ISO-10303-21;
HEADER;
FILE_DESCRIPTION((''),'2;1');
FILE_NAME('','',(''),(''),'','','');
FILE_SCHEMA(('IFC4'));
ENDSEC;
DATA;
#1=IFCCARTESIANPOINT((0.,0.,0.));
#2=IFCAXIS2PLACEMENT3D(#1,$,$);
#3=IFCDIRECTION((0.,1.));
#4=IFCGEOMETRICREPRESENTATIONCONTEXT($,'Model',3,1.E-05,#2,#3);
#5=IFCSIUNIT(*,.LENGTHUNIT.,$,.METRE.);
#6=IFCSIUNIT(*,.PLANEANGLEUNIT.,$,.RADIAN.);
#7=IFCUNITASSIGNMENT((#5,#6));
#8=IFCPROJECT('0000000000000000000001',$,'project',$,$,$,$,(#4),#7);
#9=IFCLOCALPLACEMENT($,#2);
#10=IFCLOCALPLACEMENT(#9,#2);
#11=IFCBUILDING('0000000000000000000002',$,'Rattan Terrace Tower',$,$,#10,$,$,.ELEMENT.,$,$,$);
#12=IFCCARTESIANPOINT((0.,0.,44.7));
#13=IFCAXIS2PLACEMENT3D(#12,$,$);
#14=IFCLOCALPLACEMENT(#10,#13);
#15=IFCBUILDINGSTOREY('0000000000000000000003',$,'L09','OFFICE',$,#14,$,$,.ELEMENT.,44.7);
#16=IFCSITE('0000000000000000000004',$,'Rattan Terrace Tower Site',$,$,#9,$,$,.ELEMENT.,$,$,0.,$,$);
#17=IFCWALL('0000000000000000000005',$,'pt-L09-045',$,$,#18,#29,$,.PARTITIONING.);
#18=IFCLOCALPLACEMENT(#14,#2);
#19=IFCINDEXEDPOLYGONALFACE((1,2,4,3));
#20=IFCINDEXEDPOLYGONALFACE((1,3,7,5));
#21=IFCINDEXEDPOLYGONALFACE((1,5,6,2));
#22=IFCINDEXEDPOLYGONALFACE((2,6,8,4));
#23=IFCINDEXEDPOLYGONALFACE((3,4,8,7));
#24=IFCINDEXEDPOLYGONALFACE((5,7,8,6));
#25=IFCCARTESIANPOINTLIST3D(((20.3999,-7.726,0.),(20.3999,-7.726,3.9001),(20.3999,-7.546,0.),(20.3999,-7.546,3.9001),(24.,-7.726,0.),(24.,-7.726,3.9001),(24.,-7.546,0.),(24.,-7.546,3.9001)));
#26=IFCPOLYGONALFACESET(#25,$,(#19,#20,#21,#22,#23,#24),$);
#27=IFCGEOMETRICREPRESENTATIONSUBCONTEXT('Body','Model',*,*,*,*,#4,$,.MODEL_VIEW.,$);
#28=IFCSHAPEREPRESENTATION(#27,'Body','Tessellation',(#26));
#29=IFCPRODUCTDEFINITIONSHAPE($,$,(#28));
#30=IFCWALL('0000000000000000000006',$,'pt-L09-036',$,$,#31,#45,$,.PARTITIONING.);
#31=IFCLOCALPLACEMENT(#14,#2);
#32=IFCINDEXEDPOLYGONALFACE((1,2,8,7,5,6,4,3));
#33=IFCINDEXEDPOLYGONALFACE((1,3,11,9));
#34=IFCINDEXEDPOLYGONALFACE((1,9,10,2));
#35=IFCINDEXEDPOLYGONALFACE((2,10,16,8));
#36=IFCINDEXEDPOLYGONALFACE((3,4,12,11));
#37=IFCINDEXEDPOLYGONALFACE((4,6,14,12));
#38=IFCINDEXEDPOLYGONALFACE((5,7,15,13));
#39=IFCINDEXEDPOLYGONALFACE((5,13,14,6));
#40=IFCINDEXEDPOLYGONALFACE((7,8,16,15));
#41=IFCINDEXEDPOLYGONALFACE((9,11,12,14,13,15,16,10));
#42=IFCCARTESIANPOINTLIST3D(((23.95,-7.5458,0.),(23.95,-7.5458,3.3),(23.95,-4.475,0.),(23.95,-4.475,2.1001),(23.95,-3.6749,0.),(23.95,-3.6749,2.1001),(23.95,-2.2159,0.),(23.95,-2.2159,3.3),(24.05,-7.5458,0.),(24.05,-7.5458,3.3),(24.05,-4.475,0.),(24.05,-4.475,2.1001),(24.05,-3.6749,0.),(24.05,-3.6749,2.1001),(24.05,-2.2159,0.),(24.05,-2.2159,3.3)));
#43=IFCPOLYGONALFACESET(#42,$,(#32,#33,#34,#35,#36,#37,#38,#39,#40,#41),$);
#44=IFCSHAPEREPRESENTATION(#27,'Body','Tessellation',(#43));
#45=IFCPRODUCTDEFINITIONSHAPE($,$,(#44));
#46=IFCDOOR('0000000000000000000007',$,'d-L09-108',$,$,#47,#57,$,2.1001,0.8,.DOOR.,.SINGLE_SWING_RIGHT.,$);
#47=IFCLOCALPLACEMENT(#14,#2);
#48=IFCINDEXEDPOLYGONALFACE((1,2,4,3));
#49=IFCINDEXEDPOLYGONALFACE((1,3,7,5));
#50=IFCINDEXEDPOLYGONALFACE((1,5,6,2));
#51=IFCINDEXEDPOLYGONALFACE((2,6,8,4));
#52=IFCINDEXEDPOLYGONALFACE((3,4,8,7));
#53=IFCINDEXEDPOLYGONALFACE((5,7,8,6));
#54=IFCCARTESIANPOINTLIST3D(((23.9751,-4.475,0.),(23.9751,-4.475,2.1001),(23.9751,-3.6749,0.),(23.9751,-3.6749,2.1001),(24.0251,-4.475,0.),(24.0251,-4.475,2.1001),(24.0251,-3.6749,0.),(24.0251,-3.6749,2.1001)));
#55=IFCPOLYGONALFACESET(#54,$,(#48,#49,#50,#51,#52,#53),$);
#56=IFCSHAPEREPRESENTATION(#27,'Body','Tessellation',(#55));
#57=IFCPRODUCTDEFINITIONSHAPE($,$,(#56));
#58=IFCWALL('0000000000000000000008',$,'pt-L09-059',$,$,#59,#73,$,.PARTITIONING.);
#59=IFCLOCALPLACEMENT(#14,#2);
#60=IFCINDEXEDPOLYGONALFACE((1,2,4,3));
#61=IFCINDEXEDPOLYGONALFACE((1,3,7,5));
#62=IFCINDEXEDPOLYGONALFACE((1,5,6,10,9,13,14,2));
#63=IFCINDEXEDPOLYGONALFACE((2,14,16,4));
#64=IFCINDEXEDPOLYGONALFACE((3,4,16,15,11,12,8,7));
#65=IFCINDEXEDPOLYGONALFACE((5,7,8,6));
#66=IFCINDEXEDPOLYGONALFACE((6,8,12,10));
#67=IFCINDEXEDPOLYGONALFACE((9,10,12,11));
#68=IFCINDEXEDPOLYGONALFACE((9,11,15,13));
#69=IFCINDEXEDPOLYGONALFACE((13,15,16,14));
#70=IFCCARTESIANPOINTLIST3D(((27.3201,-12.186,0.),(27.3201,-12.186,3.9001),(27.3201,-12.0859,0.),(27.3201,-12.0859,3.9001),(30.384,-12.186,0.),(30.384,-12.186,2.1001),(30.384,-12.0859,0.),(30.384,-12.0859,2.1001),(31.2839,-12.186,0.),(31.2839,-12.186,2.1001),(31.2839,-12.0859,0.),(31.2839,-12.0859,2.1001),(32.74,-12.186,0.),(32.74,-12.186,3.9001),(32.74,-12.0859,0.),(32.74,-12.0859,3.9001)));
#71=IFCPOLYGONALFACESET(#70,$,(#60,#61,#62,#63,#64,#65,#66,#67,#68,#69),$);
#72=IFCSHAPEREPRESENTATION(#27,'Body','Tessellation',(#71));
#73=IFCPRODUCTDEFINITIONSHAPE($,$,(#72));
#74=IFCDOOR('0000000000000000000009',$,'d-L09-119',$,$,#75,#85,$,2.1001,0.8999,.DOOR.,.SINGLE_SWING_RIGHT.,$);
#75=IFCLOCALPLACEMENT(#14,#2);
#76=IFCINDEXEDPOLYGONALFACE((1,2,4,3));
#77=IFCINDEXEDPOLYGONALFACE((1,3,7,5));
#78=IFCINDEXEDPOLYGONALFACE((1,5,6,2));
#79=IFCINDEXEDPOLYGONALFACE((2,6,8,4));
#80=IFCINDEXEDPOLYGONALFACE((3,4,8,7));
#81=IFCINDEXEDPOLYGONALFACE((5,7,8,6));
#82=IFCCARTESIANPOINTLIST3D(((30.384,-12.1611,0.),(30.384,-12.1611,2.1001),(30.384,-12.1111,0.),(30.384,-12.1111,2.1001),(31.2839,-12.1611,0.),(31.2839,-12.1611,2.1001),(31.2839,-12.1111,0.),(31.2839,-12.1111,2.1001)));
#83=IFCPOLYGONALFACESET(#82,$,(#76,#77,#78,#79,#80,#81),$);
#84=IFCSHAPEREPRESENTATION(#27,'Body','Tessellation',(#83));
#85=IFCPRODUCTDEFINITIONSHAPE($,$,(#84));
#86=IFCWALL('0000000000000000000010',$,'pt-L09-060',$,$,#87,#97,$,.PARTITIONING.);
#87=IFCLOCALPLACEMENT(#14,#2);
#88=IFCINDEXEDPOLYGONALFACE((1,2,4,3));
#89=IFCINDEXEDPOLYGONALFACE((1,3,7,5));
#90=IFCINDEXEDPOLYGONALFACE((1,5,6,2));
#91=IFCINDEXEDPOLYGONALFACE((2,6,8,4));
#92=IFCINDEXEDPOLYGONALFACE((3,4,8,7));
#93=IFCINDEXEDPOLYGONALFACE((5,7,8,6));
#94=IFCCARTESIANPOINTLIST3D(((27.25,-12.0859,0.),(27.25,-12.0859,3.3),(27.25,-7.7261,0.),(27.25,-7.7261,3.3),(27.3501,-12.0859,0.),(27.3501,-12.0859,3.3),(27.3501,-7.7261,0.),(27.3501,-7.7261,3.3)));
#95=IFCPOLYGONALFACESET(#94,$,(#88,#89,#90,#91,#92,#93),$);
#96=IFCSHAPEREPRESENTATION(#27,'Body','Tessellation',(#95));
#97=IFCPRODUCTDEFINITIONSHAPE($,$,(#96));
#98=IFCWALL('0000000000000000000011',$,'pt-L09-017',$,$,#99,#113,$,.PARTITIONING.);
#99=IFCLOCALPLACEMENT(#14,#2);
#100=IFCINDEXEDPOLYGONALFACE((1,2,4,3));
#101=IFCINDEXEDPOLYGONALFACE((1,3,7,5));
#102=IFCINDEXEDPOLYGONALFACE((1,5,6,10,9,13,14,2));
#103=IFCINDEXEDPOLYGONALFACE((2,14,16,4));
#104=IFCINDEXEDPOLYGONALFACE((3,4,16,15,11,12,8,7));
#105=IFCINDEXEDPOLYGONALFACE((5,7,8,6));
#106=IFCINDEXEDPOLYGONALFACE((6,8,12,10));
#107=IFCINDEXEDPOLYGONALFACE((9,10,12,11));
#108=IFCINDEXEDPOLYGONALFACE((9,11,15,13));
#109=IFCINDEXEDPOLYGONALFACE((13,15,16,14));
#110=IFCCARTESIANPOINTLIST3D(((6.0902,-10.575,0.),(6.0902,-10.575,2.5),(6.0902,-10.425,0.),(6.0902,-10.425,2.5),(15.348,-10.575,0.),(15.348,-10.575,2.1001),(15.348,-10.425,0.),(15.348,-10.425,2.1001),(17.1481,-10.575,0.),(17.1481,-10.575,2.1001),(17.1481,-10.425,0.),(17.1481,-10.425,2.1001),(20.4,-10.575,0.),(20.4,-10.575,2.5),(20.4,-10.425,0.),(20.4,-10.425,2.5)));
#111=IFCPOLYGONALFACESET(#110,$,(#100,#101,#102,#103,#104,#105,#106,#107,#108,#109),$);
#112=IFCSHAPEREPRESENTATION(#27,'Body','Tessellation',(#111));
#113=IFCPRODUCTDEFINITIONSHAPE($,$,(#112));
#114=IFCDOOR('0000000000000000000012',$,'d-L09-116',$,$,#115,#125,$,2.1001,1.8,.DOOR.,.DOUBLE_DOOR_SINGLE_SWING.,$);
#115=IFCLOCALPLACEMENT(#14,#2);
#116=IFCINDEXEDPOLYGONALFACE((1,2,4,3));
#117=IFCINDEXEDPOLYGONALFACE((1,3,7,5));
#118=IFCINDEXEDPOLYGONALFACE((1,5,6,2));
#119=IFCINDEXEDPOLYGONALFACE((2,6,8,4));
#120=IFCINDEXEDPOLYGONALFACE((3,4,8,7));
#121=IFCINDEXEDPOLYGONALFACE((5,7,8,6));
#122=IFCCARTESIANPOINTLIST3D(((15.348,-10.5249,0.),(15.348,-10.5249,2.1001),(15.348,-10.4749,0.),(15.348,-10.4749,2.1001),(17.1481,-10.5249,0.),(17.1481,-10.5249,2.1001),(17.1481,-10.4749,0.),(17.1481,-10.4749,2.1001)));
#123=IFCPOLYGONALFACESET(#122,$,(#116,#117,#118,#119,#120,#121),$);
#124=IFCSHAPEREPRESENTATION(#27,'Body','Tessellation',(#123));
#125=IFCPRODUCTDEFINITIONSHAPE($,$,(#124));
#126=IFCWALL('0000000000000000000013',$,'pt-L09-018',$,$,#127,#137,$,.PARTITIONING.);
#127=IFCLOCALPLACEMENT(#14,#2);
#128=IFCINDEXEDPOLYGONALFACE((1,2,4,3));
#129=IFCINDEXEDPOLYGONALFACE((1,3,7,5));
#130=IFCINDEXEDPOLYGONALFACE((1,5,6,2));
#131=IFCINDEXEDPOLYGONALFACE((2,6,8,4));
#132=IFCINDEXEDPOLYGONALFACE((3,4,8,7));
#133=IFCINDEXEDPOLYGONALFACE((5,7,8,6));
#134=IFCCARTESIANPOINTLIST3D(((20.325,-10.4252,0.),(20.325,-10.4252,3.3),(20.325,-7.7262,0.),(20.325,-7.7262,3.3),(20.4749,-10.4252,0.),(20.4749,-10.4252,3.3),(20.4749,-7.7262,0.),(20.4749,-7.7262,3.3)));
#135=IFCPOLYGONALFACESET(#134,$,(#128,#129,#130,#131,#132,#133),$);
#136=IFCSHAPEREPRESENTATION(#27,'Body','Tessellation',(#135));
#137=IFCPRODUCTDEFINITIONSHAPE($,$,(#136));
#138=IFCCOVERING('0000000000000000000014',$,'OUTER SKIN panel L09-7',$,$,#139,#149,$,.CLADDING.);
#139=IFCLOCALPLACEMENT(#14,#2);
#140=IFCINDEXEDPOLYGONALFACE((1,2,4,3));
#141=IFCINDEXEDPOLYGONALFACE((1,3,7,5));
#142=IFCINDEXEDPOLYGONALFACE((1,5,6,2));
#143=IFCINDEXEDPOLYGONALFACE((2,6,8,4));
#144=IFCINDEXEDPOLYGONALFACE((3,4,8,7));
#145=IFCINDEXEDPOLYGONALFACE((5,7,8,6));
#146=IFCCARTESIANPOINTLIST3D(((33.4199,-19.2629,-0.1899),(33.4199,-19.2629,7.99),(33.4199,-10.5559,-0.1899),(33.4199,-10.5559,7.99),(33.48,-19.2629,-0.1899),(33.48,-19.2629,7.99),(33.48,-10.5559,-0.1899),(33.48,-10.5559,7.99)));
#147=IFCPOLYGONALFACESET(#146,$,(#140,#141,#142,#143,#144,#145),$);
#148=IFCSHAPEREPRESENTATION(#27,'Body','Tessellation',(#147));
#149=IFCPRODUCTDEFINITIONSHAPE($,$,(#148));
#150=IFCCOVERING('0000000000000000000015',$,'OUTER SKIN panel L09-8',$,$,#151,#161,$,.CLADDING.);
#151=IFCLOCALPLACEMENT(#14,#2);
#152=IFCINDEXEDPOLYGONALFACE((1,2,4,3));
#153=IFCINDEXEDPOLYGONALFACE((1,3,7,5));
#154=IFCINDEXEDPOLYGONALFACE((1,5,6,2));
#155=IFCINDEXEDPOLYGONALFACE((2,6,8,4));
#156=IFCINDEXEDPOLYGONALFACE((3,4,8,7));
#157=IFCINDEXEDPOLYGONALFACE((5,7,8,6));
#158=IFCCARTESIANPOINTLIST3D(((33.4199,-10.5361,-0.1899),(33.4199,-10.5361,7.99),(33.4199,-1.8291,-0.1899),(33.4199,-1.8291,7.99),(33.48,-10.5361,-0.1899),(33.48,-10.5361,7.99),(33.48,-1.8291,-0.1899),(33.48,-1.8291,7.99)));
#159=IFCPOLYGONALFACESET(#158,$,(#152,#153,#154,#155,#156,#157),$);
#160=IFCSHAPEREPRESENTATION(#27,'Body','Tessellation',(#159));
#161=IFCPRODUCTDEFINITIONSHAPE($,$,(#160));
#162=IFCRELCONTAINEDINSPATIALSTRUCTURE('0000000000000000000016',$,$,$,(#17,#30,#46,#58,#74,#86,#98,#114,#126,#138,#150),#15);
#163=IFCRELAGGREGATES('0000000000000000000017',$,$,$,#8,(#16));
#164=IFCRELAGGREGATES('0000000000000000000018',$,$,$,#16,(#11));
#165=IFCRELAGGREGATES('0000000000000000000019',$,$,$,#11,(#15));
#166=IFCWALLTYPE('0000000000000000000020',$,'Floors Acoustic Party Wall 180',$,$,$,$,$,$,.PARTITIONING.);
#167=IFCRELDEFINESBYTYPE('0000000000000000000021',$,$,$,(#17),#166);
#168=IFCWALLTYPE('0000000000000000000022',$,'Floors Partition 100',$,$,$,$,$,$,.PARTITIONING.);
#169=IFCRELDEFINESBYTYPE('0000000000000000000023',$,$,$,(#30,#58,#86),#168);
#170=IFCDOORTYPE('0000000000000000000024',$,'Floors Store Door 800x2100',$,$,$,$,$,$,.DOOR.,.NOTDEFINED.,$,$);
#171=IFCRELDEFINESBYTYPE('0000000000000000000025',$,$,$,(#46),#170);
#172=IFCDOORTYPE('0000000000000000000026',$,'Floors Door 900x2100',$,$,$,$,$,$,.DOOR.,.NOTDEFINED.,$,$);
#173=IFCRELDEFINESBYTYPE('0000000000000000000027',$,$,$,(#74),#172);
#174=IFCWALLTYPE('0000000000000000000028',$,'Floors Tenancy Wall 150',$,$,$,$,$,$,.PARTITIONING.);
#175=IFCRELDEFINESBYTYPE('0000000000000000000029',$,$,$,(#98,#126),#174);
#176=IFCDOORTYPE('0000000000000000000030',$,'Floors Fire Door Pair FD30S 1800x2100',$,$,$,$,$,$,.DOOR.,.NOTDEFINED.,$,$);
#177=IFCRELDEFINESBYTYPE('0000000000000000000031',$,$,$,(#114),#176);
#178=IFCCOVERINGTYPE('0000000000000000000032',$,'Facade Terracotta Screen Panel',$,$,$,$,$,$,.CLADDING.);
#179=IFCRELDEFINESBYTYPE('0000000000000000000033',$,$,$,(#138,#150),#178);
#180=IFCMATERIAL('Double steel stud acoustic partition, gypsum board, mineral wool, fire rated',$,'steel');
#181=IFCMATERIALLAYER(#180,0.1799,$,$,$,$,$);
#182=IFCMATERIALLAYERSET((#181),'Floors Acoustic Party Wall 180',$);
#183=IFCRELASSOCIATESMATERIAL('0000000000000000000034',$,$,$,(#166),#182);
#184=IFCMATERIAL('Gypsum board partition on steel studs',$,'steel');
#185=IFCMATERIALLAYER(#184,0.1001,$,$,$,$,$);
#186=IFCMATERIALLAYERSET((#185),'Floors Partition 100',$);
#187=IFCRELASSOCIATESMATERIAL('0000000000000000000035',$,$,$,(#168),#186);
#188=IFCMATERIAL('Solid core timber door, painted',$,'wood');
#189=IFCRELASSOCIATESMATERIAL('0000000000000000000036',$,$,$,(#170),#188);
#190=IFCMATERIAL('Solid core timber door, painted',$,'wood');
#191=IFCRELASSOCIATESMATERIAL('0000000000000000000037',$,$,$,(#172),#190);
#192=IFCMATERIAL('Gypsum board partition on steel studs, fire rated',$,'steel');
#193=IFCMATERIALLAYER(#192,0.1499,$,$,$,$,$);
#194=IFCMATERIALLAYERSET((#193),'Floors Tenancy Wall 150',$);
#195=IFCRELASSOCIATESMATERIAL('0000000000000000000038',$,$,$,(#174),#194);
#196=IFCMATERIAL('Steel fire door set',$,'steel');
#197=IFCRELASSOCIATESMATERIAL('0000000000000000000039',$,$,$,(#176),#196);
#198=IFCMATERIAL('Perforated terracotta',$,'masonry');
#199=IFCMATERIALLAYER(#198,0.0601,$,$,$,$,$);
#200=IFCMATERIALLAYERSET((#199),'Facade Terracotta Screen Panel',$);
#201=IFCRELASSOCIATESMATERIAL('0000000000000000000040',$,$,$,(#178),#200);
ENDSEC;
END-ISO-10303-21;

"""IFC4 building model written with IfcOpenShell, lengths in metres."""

from ifc_helpers import new_model, si_unit, direction, frame, frame_2d, origin, origin_2d, place, context, subcontext, project, spatial, rectangle, extrude, material, layer, layer_set, type_object, element, fill, save


model = new_model("IFC4")

# Units and contexts
model_context = context("Model", 3, precision=1e-05, world=origin(), true_north=direction((0.0, 1.0)))
body_context = subcontext(model_context, "Body", "Model", "MODEL_VIEW")
ifc_project = project(units=[si_unit("LENGTHUNIT", "METRE"), si_unit("PLANEANGLEUNIT", "RADIAN")], contexts=[model_context])

# Site, building, storey
site_placement = place(None, origin())
site = spatial("IfcSite", under=ifc_project, at=site_placement, Name="Rattan Terrace Tower Site", CompositionType="ELEMENT", RefElevation=0.0)
building_placement = place(site_placement, origin())
building = spatial("IfcBuilding", under=site, at=building_placement, Name="Rattan Terrace Tower", CompositionType="ELEMENT")
storey_placement = place(building_placement, frame((0.0, 0.0, 44.7)))
storey = spatial("IfcBuildingStorey", under=building, at=storey_placement, Name="L09", Description="OFFICE", CompositionType="ELEMENT", Elevation=44.7)

# Wall
ifc_material_1 = material(Name="Double steel stud acoustic partition, gypsum board, mineral wool, fire rated", Category="steel")
ifc_layer_1 = layer(ifc_material_1, 0.1799)
ifc_layer_set_1 = layer_set([ifc_layer_1], Name="Floors Acoustic Party Wall 180")
wall_type_1 = type_object("IfcWallType", Name="Floors Acoustic Party Wall 180", PredefinedType="PARTITIONING", material=ifc_layer_set_1)
wall_1_placement = place(storey_placement, frame((24.0, -7.636, 0.0), z_axis=(0.0, 0.0, 1.0), x_axis=(-1.0, 0.0, 0.0)))
element("IfcWall", 1, at=wall_1_placement, inside=storey, type_object=wall_type_1, Name="pt-L09-045", PredefinedType="PARTITIONING", context=body_context, shape_type="SweptSolid", body=[
    extrude(rectangle(XDim=3.6001, YDim=0.1799, at=frame_2d((1.8, 0.0))), origin(), (0.0, 0.0, 1.0), 3.9001),
])

# Walls, openings, doors
ifc_material_2 = material(Name="Gypsum board partition on steel studs", Category="steel")
ifc_layer_2 = layer(ifc_material_2, 0.1001)
ifc_layer_set_2 = layer_set([ifc_layer_2], Name="Floors Partition 100")
wall_type_2 = type_object("IfcWallType", Name="Floors Partition 100", PredefinedType="PARTITIONING", material=ifc_layer_set_2)
wall_2_placement = place(storey_placement, frame((24.0, -7.5459, 0.0), z_axis=(0.0, 0.0, 1.0), x_axis=(0.0, 1.0, 0.0)))
wall_2 = element("IfcWall", 2, at=wall_2_placement, inside=storey, type_object=wall_type_2, Name="pt-L09-036", PredefinedType="PARTITIONING", context=body_context, shape_type="SweptSolid", body=[
    extrude(rectangle(XDim=5.3298, YDim=0.1001, at=frame_2d((2.665, 0.0))), origin(), (0.0, 0.0, 1.0), 3.3),
])
opening_1_placement = place(wall_2_placement, frame((3.071, 0.0, 0.0)))
opening_1 = element("IfcOpeningElement", 3, at=opening_1_placement, cuts=wall_2, PredefinedType="OPENING", context=body_context, shape_type="SweptSolid", body=[
    extrude(rectangle(XDim=0.8, YDim=2.1001, at=frame_2d((0.3999, 1.05))), frame((0.0, 0.0605, 0.0), z_axis=(0.0, -1.0, 0.0), x_axis=(1.0, 0.0, 0.0)), (0.0, 0.0, 1.0), 0.1211),
])
ifc_material_3 = material(Name="Solid core timber door, painted", Category="wood")
door_type_1 = type_object("IfcDoorType", Name="Floors Store Door 800x2100", OperationType="NOTDEFINED", PredefinedType="DOOR", material=ifc_material_3)
door_1_placement = place(opening_1_placement, origin())
door_1 = element("IfcDoor", 4, at=door_1_placement, inside=storey, type_object=door_type_1, Name="d-L09-108", OperationType="SINGLE_SWING_RIGHT", OverallHeight=2.1001, OverallWidth=0.8, PredefinedType="DOOR", context=body_context, shape_type="SweptSolid", body=[
    extrude(rectangle(XDim=0.8, YDim=2.1001, at=frame_2d((0.3999, 1.05))), frame((0.0, 0.0249, 0.0), z_axis=(0.0, -1.0, 0.0), x_axis=(1.0, 0.0, 0.0)), (0.0, 0.0, 1.0), 0.05),
])
fill(opening_1, door_1)
wall_3_placement = place(storey_placement, frame((27.3201, -12.136, 0.0), z_axis=(0.0, 0.0, 1.0), x_axis=(1.0, 0.0, 0.0)))
wall_3 = element("IfcWall", 5, at=wall_3_placement, inside=storey, type_object=wall_type_2, Name="pt-L09-059", PredefinedType="PARTITIONING", context=body_context, shape_type="SweptSolid", body=[
    extrude(rectangle(XDim=5.4199, YDim=0.1001, at=frame_2d((2.71, 0.0))), origin(), (0.0, 0.0, 1.0), 3.9001),
])
opening_2_placement = place(wall_3_placement, frame((3.064, 0.0, 0.0)))
opening_2 = element("IfcOpeningElement", 6, at=opening_2_placement, cuts=wall_3, PredefinedType="OPENING", context=body_context, shape_type="SweptSolid", body=[
    extrude(rectangle(XDim=0.8999, YDim=2.1001, at=frame_2d((0.45, 1.05))), frame((0.0, 0.0605, 0.0), z_axis=(0.0, -1.0, 0.0), x_axis=(1.0, 0.0, 0.0)), (0.0, 0.0, 1.0), 0.1211),
])
ifc_material_4 = material(Name="Solid core timber door, painted", Category="wood")
door_type_2 = type_object("IfcDoorType", Name="Floors Door 900x2100", OperationType="NOTDEFINED", PredefinedType="DOOR", material=ifc_material_4)
door_2_placement = place(opening_2_placement, origin())
door_2 = element("IfcDoor", 7, at=door_2_placement, inside=storey, type_object=door_type_2, Name="d-L09-119", OperationType="SINGLE_SWING_RIGHT", OverallHeight=2.1001, OverallWidth=0.8999, PredefinedType="DOOR", context=body_context, shape_type="SweptSolid", body=[
    extrude(rectangle(XDim=0.8999, YDim=2.1001, at=frame_2d((0.45, 1.05))), frame((0.0, 0.0249, 0.0), z_axis=(0.0, -1.0, 0.0), x_axis=(1.0, 0.0, 0.0)), (0.0, 0.0, 1.0), 0.05),
])
fill(opening_2, door_2)

# Wall
wall_4_placement = place(storey_placement, frame((27.3, -7.7261, 0.0), z_axis=(0.0, 0.0, 1.0), x_axis=(0.0, -1.0, 0.0)))
element("IfcWall", 8, at=wall_4_placement, inside=storey, type_object=wall_type_2, Name="pt-L09-060", PredefinedType="PARTITIONING", context=body_context, shape_type="SweptSolid", body=[
    extrude(rectangle(XDim=4.3599, YDim=0.1001, at=frame_2d((2.1799, 0.0))), origin(), (0.0, 0.0, 1.0), 3.3),
])

# Wall, opening, door
ifc_material_5 = material(Name="Gypsum board partition on steel studs, fire rated", Category="steel")
ifc_layer_3 = layer(ifc_material_5, 0.1499)
ifc_layer_set_3 = layer_set([ifc_layer_3], Name="Floors Tenancy Wall 150")
wall_type_3 = type_object("IfcWallType", Name="Floors Tenancy Wall 150", PredefinedType="PARTITIONING", material=ifc_layer_set_3)
wall_5_placement = place(storey_placement, frame((20.3999, -10.5, 0.0), z_axis=(0.0, 0.0, 1.0), x_axis=(-1.0, 0.0, 0.0)))
wall_5 = element("IfcWall", 9, at=wall_5_placement, inside=storey, type_object=wall_type_3, Name="pt-L09-017", PredefinedType="PARTITIONING", context=body_context, shape_type="SweptSolid", body=[
    extrude(rectangle(XDim=14.3098, YDim=0.1499, at=frame_2d((7.1548, 0.0))), origin(), (0.0, 0.0, 1.0), 2.5),
])
opening_3_placement = place(wall_5_placement, frame((3.252, 0.0, 0.0)))
opening_3 = element("IfcOpeningElement", 10, at=opening_3_placement, cuts=wall_5, PredefinedType="OPENING", context=body_context, shape_type="SweptSolid", body=[
    extrude(rectangle(XDim=1.8, YDim=2.1001, at=frame_2d((0.8999, 1.05))), frame((0.0, 0.0854, 0.0), z_axis=(0.0, -1.0, 0.0), x_axis=(1.0, 0.0, 0.0)), (0.0, 0.0, 1.0), 0.1709),
])
ifc_material_6 = material(Name="Steel fire door set", Category="steel")
door_type_3 = type_object("IfcDoorType", Name="Floors Fire Door Pair FD30S 1800x2100", OperationType="NOTDEFINED", PredefinedType="DOOR", material=ifc_material_6)
door_3_placement = place(opening_3_placement, origin())
door_3 = element("IfcDoor", 11, at=door_3_placement, inside=storey, type_object=door_type_3, Name="d-L09-116", OperationType="DOUBLE_DOOR_SINGLE_SWING", OverallHeight=2.1001, OverallWidth=1.8, PredefinedType="DOOR", context=body_context, shape_type="SweptSolid", body=[
    extrude(rectangle(XDim=1.8, YDim=2.1001, at=frame_2d((0.8999, 1.05))), frame((0.0, 0.0249, 0.0), z_axis=(0.0, -1.0, 0.0), x_axis=(1.0, 0.0, 0.0)), (0.0, 0.0, 1.0), 0.05),
])
fill(opening_3, door_3)

# Wall
wall_6_placement = place(storey_placement, frame((20.3999, -7.7261, 0.0), z_axis=(0.0, 0.0, 1.0), x_axis=(0.0, -1.0, 0.0)))
element("IfcWall", 12, at=wall_6_placement, inside=storey, type_object=wall_type_3, Name="pt-L09-018", PredefinedType="PARTITIONING", context=body_context, shape_type="SweptSolid", body=[
    extrude(rectangle(XDim=2.699, YDim=0.1499, at=frame_2d((1.3496, 0.0))), origin(), (0.0, 0.0, 1.0), 3.3),
])

# Coverings
ifc_material_7 = material(Name="Perforated terracotta", Category="masonry")
ifc_layer_4 = layer(ifc_material_7, 0.0601)
ifc_layer_set_4 = layer_set([ifc_layer_4], Name="Facade Terracotta Screen Panel")
covering_type = type_object("IfcCoveringType", Name="Facade Terracotta Screen Panel", PredefinedType="CLADDING", material=ifc_layer_set_4)
for number, where, z_axis, x_axis, name in (
    (13, (33.45, -14.9094, -0.1899), (0.0, 0.0, 1.0), (0.0, 1.0, 0.0), "OUTER SKIN panel L09-7"),
    (14, (33.45, -6.1826, -0.1899), (0.0, 0.0, 1.0), (0.0, 1.0, 0.0), "OUTER SKIN panel L09-8"),
):
    element("IfcCovering", number, at=place(storey_placement, frame(where, z_axis=z_axis, x_axis=x_axis)), inside=storey, type_object=covering_type, Name=name, PredefinedType="CLADDING", context=body_context, shape_type="SweptSolid", body=[
        extrude(rectangle(XDim=8.707, YDim=0.0601, at=origin_2d()), origin(), (0.0, 0.0, 1.0), 8.1799),
    ])

save(model, "model.ifc")
